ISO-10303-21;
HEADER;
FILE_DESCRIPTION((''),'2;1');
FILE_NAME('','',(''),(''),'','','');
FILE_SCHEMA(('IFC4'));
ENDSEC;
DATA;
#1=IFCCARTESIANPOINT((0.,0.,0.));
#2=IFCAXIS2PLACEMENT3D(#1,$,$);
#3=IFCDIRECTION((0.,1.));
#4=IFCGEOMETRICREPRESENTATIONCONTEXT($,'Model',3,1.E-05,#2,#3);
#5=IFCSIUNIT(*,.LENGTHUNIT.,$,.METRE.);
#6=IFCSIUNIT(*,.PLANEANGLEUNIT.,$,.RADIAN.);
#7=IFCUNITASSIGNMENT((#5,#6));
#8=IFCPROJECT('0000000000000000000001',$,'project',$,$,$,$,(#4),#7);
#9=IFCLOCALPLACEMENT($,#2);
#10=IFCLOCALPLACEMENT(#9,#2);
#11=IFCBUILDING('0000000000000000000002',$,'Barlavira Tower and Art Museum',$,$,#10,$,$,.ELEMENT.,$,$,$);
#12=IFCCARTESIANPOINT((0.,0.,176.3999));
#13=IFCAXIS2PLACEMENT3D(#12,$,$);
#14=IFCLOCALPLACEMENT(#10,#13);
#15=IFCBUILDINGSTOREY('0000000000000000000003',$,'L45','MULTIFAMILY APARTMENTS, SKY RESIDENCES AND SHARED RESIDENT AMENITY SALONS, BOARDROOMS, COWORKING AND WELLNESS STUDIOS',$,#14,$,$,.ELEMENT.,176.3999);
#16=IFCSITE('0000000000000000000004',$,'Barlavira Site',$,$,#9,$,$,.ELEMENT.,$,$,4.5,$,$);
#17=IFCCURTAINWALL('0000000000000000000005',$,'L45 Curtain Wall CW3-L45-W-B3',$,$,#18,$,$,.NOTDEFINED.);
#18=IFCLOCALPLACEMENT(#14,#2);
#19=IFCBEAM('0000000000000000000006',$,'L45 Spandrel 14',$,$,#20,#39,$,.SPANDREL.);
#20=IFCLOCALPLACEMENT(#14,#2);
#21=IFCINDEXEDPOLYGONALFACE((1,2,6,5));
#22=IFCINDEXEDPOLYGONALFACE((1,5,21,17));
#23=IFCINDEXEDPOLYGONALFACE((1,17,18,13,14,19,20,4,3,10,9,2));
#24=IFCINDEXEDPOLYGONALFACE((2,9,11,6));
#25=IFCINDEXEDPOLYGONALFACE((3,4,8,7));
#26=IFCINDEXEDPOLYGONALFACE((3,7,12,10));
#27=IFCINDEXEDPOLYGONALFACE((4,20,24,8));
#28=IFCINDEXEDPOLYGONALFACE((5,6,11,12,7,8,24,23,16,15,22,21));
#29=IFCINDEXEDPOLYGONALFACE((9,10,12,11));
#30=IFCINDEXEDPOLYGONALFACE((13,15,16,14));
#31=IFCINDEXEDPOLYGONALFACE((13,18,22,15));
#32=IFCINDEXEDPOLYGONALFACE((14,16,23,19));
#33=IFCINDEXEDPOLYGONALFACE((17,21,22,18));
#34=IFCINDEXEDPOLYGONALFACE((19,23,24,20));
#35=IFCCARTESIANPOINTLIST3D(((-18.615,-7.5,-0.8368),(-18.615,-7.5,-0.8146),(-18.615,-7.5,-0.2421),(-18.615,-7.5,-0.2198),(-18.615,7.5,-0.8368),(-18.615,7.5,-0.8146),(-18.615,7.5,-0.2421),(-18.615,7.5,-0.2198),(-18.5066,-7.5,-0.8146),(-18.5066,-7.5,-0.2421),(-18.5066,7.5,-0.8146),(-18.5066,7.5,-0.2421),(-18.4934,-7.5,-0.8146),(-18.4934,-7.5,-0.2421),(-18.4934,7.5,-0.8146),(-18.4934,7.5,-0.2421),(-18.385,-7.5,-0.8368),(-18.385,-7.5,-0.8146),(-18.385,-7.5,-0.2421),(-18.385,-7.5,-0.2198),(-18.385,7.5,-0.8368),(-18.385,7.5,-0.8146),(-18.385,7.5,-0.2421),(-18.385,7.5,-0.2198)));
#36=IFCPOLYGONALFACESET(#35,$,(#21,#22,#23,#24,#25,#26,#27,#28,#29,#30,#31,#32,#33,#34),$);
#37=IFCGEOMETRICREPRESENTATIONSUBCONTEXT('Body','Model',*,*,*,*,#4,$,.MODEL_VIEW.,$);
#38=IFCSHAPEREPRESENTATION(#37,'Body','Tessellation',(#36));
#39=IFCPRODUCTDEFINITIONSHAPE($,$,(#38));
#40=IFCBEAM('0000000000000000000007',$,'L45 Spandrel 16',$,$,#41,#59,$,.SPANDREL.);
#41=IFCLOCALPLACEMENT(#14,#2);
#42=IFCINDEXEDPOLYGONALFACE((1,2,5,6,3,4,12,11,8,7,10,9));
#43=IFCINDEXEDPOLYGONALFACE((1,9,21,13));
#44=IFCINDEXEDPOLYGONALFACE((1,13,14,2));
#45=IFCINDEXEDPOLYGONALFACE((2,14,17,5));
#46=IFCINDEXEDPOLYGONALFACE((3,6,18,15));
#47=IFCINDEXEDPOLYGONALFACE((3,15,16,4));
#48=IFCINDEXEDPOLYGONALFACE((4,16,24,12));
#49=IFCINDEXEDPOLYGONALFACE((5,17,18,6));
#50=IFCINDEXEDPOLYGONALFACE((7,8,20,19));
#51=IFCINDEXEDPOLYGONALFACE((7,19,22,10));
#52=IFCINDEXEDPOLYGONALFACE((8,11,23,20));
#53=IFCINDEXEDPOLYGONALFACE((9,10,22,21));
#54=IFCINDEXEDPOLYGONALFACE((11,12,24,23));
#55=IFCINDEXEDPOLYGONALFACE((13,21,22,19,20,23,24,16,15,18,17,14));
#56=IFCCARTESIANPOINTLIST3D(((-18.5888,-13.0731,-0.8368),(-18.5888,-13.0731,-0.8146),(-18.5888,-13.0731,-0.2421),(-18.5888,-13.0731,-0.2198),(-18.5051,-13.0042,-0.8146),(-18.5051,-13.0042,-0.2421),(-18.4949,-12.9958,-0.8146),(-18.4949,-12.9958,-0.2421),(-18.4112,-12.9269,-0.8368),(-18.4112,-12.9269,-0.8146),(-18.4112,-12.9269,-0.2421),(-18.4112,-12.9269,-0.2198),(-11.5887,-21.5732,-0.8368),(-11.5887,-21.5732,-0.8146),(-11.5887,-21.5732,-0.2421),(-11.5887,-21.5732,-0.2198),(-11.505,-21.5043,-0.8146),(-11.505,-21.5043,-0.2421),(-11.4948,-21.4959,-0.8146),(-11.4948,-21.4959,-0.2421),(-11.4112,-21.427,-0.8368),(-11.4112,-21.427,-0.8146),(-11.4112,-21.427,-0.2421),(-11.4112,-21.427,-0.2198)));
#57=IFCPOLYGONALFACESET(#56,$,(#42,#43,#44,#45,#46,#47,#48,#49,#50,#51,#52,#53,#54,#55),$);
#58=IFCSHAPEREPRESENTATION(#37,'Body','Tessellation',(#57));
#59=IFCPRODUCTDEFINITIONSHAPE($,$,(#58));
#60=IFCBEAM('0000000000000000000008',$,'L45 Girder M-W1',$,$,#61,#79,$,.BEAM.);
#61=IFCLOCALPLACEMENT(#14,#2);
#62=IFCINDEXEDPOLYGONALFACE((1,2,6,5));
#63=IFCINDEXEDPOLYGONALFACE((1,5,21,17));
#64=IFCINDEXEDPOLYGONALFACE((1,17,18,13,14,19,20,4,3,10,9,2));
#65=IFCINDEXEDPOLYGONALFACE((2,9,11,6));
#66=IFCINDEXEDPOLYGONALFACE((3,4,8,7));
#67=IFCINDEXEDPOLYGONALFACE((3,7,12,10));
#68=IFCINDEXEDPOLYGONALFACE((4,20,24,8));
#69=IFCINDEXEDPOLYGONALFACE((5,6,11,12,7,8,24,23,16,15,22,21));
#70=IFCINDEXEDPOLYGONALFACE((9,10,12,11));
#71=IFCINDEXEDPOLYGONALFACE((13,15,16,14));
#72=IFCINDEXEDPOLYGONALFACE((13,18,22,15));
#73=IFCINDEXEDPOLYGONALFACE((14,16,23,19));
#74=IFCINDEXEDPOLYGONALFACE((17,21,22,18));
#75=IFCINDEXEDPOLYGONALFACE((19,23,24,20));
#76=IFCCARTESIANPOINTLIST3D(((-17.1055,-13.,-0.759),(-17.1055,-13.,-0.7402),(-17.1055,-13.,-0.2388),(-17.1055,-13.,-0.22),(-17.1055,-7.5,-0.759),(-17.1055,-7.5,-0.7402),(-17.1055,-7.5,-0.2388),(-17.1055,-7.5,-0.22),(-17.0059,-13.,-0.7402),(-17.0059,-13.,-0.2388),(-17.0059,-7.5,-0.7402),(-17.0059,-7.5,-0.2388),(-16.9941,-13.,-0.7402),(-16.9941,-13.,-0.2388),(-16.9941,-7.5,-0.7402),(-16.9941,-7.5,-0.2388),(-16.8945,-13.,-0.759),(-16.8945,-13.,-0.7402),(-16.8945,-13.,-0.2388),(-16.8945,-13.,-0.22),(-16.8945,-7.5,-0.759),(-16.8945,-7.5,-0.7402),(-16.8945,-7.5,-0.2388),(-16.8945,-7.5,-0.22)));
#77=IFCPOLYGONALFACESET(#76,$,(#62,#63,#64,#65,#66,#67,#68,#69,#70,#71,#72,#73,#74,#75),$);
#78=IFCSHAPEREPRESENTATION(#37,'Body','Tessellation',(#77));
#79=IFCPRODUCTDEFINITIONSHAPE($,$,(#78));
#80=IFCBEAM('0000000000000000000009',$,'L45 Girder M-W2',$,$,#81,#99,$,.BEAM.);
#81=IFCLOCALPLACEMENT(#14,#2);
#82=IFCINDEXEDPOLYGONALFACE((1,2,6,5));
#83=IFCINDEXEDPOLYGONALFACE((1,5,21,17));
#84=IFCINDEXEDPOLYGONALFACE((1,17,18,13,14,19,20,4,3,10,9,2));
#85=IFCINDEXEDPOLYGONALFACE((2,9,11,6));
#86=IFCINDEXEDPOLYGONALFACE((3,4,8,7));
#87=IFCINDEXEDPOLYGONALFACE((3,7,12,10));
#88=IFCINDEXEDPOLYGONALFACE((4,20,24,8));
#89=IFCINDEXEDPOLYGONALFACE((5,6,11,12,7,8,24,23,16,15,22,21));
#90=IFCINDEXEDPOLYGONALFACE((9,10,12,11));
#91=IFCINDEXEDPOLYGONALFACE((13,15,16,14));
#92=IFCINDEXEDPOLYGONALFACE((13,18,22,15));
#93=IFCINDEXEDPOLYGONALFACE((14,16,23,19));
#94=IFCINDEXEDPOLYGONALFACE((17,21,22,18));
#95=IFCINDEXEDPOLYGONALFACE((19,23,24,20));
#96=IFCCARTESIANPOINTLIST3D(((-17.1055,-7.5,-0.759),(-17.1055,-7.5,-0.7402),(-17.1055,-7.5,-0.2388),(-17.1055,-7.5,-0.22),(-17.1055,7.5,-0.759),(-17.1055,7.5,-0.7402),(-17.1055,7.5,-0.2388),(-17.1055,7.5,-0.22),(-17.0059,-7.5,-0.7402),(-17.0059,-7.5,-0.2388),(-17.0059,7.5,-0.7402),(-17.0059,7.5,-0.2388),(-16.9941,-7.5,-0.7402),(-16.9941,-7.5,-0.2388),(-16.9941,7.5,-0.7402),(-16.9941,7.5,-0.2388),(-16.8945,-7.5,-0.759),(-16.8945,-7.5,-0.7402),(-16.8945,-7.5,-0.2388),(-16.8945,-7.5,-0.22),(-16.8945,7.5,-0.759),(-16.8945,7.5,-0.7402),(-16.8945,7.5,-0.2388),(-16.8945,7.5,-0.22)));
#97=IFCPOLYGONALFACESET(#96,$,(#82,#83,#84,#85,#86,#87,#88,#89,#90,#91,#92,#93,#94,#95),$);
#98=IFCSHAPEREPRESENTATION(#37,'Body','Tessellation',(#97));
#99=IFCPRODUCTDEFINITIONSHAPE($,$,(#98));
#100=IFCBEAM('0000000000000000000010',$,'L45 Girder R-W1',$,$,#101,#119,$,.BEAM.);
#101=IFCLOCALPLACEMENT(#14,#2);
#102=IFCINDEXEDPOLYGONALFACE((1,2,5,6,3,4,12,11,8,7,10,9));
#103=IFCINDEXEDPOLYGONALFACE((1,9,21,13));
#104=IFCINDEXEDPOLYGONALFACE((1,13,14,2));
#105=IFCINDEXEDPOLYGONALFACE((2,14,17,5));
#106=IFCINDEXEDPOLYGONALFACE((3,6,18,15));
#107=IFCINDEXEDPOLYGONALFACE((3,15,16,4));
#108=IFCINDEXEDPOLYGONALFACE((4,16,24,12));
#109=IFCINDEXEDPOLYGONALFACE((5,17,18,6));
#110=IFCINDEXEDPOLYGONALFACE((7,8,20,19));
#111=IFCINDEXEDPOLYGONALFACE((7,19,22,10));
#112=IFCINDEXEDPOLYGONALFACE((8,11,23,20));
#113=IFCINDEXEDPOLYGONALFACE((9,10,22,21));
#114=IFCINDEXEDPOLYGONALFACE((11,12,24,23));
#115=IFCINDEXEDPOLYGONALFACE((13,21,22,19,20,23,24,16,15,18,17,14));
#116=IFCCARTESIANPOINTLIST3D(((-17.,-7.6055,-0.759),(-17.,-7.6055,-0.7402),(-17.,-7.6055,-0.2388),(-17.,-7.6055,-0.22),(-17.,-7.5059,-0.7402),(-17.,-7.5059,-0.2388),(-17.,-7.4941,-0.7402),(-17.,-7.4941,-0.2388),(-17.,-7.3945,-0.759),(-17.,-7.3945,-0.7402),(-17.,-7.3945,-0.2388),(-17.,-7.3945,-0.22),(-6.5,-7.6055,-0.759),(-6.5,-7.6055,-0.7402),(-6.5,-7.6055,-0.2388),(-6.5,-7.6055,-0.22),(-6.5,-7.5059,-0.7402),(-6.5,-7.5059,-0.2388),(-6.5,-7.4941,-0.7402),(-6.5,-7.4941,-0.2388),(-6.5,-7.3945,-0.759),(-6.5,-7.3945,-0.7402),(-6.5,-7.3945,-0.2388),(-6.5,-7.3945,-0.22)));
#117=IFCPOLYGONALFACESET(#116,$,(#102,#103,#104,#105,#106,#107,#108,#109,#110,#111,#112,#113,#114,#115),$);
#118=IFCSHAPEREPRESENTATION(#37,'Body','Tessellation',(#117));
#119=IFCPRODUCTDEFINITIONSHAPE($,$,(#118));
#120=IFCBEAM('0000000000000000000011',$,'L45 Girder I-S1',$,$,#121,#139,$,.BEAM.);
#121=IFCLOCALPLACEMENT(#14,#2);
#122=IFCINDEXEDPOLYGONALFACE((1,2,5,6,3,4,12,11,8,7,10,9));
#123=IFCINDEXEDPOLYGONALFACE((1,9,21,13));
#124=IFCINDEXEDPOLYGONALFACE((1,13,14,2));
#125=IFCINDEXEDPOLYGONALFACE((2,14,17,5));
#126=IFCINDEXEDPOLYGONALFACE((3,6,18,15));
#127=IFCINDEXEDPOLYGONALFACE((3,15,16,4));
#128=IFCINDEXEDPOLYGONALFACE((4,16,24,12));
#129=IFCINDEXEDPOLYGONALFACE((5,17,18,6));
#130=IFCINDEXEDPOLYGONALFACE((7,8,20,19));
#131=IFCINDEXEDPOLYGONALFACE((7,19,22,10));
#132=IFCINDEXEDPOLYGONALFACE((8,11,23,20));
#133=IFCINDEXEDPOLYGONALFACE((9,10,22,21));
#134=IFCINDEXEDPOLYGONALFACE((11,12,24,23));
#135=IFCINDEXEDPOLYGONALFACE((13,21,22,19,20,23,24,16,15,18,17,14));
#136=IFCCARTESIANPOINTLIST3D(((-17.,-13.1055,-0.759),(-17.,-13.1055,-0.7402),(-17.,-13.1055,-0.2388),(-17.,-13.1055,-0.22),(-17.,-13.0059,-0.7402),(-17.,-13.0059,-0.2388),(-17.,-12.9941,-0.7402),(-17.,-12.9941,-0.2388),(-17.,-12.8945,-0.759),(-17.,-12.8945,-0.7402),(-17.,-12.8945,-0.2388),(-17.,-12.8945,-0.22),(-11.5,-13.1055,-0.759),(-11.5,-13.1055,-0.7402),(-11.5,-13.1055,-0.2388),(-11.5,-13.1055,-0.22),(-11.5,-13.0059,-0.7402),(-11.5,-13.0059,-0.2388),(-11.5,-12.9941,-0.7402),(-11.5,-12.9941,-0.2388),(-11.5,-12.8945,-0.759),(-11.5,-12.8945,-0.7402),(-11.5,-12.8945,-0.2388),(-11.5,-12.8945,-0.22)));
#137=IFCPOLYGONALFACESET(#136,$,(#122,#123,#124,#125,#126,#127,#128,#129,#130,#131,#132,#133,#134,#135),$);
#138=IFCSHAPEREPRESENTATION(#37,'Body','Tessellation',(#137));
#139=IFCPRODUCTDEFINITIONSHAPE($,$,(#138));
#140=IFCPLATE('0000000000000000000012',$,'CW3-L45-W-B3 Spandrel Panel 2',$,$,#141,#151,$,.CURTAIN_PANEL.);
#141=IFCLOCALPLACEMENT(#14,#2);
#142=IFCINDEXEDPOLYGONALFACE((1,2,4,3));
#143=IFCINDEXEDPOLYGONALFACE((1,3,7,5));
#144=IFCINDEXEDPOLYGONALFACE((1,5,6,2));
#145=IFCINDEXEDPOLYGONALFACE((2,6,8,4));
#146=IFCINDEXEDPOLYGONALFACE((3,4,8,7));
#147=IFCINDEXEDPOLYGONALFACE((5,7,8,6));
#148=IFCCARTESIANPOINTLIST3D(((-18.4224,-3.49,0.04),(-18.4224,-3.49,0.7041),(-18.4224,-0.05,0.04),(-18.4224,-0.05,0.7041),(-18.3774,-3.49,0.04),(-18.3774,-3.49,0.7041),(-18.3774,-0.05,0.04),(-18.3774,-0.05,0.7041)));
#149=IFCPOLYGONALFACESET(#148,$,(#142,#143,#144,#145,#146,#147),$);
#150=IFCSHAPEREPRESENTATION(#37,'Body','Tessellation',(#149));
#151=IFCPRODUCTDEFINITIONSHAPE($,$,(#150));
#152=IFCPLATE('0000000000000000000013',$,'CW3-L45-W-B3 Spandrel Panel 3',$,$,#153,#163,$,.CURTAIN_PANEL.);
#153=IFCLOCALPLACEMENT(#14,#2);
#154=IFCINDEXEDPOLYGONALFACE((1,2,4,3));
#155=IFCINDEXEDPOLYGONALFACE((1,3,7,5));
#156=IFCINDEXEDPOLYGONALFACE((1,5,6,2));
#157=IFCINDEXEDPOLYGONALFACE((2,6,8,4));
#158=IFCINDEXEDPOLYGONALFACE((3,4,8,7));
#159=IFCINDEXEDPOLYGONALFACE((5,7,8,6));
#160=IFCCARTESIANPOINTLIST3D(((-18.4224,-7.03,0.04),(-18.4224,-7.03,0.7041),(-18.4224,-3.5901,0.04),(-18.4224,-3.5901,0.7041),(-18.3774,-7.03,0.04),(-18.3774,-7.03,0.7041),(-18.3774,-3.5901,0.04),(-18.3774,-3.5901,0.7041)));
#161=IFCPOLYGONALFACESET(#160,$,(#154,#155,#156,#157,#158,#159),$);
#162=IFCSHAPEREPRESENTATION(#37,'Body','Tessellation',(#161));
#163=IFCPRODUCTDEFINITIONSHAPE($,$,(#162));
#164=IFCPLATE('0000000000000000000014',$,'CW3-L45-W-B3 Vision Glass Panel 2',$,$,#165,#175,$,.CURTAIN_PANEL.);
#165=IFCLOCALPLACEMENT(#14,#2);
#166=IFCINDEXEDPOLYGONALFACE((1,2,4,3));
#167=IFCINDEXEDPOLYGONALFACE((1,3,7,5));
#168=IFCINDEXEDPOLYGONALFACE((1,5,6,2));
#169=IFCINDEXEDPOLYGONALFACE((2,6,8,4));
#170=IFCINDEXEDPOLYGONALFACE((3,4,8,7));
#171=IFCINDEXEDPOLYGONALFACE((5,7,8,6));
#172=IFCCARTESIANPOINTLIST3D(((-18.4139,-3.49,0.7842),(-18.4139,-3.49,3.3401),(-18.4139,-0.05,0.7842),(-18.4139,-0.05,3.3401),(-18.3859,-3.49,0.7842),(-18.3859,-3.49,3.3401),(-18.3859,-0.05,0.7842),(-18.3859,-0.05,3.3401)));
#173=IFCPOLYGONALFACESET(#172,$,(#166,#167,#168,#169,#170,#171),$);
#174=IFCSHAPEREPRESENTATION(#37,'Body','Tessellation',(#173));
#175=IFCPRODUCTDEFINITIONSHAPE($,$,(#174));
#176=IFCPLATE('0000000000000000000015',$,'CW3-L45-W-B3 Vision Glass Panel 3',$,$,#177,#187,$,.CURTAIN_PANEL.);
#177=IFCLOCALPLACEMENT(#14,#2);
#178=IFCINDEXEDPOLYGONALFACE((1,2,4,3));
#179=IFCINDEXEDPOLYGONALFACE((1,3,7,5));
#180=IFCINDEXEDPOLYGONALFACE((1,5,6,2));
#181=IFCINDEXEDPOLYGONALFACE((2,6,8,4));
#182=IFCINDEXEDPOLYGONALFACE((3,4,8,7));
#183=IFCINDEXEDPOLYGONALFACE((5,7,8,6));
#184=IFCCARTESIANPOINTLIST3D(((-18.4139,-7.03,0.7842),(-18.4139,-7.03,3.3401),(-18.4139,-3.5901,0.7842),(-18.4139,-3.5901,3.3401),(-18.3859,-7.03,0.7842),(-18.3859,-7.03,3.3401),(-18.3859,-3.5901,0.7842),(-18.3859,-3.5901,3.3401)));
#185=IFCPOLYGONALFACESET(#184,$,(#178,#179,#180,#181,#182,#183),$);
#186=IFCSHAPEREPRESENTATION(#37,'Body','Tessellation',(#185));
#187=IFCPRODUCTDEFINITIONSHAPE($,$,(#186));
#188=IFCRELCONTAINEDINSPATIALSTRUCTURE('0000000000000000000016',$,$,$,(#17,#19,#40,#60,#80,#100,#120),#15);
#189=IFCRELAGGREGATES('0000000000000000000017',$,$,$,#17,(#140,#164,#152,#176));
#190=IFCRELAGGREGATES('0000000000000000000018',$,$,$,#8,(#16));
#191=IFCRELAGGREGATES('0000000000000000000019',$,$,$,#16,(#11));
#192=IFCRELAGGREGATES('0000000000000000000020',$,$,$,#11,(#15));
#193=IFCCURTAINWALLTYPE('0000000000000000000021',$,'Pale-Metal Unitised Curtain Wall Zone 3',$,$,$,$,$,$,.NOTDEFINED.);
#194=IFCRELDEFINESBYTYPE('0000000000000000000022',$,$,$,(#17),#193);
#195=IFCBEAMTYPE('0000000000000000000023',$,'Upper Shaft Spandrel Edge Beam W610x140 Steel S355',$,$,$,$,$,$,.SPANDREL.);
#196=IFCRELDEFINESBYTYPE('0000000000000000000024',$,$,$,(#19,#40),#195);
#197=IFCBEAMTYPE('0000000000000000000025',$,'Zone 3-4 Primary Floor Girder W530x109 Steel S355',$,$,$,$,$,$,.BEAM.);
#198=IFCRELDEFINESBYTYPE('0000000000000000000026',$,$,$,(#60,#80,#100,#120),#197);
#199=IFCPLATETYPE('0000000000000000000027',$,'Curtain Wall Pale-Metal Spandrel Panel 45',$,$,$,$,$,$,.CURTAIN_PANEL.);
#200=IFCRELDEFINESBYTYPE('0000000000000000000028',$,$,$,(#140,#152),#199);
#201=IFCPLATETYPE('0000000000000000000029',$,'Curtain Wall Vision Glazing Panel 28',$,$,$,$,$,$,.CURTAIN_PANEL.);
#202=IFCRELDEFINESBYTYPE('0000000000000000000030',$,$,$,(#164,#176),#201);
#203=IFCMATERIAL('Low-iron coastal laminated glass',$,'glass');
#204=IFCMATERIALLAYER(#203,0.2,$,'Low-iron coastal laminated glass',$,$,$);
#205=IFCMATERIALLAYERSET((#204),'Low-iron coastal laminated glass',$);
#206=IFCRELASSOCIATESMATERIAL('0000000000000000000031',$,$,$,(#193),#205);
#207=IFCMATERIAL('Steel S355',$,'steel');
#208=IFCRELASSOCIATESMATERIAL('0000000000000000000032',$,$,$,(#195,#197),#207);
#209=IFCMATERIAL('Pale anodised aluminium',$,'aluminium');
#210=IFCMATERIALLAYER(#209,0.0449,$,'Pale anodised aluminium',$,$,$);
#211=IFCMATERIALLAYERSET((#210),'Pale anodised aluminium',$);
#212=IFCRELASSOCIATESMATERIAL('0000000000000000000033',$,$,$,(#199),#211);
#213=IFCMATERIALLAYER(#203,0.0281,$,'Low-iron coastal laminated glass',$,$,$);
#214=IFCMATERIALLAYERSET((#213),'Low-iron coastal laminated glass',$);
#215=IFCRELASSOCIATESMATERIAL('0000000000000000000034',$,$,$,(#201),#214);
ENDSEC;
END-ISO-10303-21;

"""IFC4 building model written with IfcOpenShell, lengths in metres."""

from ifc_helpers import new_model, si_unit, direction, frame, origin, origin_2d, place, context, subcontext, project, spatial, rectangle, i_section, extrude, material, layer, layer_set, material_profile, profile_set, type_object, element, aggregate, save


model = new_model("IFC4")

# Units and contexts
model_context = context("Model", 3, precision=1e-05, world=origin(), true_north=direction((0.0, 1.0)))
body_context = subcontext(model_context, "Body", "Model", "MODEL_VIEW")
ifc_project = project(units=[si_unit("LENGTHUNIT", "METRE"), si_unit("PLANEANGLEUNIT", "RADIAN")], contexts=[model_context])

# Site, building, storey
site_placement = place(None, origin())
site = spatial("IfcSite", under=ifc_project, at=site_placement, Name="Barlavira Site", CompositionType="ELEMENT", RefElevation=4.5)
building_placement = place(site_placement, origin())
building = spatial("IfcBuilding", under=site, at=building_placement, Name="Barlavira Tower and Art Museum", CompositionType="ELEMENT")
storey_placement = place(building_placement, frame((0.0, 0.0, 176.3999)))
storey = spatial("IfcBuildingStorey", under=building, at=storey_placement, Name="L45", Description="MULTIFAMILY APARTMENTS, SKY RESIDENCES AND SHARED RESIDENT AMENITY SALONS, BOARDROOMS, COWORKING AND WELLNESS STUDIOS", CompositionType="ELEMENT", Elevation=176.3999)

# Curtain wall
ifc_material_1 = material(Name="Low-iron coastal laminated glass", Category="glass")
ifc_layer_1 = layer(ifc_material_1, 0.2, Name="Low-iron coastal laminated glass")
ifc_layer_set_1 = layer_set([ifc_layer_1], Name="Low-iron coastal laminated glass")
curtain_wall_type = type_object("IfcCurtainWallType", Name="Pale-Metal Unitised Curtain Wall Zone 3", PredefinedType="NOTDEFINED", material=ifc_layer_set_1)
curtain_wall_placement = place(storey_placement, origin())
curtain_wall = element("IfcCurtainWall", 1, at=curtain_wall_placement, inside=storey, type_object=curtain_wall_type, Name="L45 Curtain Wall CW3-L45-W-B3", PredefinedType="NOTDEFINED")
ifc_material_2 = material(Name="Pale anodised aluminium", Category="aluminium")

# Beams
ifc_material_3 = material(Name="Steel S355", Category="steel")
ifc_material_profile_1 = material_profile(ifc_material_3, i_section(OverallWidth=0.23, OverallDepth=0.6169, WebThickness=0.0132, FlangeThickness=0.0222, at=origin_2d()), Name="W610x140.0")
ifc_profile_set_1 = profile_set([ifc_material_profile_1], Name="Steel S355")
beam_type_1 = type_object("IfcBeamType", Name="Upper Shaft Spandrel Edge Beam W610x140 Steel S355", PredefinedType="SPANDREL", material=ifc_profile_set_1)
beam_1_placement = place(storey_placement, frame((-18.5, -7.5, -0.5283), z_axis=(0.0, 1.0, 0.0), x_axis=(-1.0, 0.0, 0.0)))
element("IfcBeam", 2, at=beam_1_placement, inside=storey, type_object=beam_type_1, Name="L45 Spandrel 14", PredefinedType="SPANDREL", context=body_context, shape_type="SweptSolid", body=[
    extrude(i_section(OverallWidth=0.23, OverallDepth=0.6169, WebThickness=0.0132, FlangeThickness=0.0222, at=origin_2d()), origin(), (0.0, 0.0, 1.0), 15.0),
])
beam_2_placement = place(storey_placement, frame((-18.5, -13.0, -0.5283), z_axis=(0.635707, -0.77193, 0.0), x_axis=(0.77193, 0.635707, 0.0)))
element("IfcBeam", 3, at=beam_2_placement, inside=storey, type_object=beam_type_1, Name="L45 Spandrel 16", PredefinedType="SPANDREL", context=body_context, shape_type="SweptSolid", body=[
    extrude(i_section(OverallWidth=0.23, OverallDepth=0.6169, WebThickness=0.0132, FlangeThickness=0.0222, at=origin_2d()), origin(), (0.0, 0.0, 1.0), 11.0115),
])
ifc_material_profile_2 = material_profile(ifc_material_3, i_section(OverallWidth=0.2109, OverallDepth=0.5391, WebThickness=0.0117, FlangeThickness=0.0188, at=origin_2d()), Name="W530x109.0")
ifc_profile_set_2 = profile_set([ifc_material_profile_2], Name="Steel S355")
beam_type_2 = type_object("IfcBeamType", Name="Zone 3-4 Primary Floor Girder W530x109 Steel S355", PredefinedType="BEAM", material=ifc_profile_set_2)
beam_3_placement = place(storey_placement, frame((-17.0, -13.0, -0.4895), z_axis=(0.0, 1.0, 0.0), x_axis=(-1.0, 0.0, 0.0)))
element("IfcBeam", 4, at=beam_3_placement, inside=storey, type_object=beam_type_2, Name="L45 Girder M-W1", PredefinedType="BEAM", context=body_context, shape_type="SweptSolid", body=[
    extrude(i_section(OverallWidth=0.2109, OverallDepth=0.5391, WebThickness=0.0117, FlangeThickness=0.0188, at=origin_2d()), origin(), (0.0, 0.0, 1.0), 5.5),
])
beam_4_placement = place(storey_placement, frame((-17.0, -7.5, -0.4895), z_axis=(0.0, 1.0, 0.0), x_axis=(-1.0, 0.0, 0.0)))
element("IfcBeam", 5, at=beam_4_placement, inside=storey, type_object=beam_type_2, Name="L45 Girder M-W2", PredefinedType="BEAM", context=body_context, shape_type="SweptSolid", body=[
    extrude(i_section(OverallWidth=0.2109, OverallDepth=0.5391, WebThickness=0.0117, FlangeThickness=0.0188, at=origin_2d()), origin(), (0.0, 0.0, 1.0), 15.0),
])
beam_5_placement = place(storey_placement, frame((-17.0, -7.5, -0.4895), z_axis=(1.0, 0.0, 0.0), x_axis=(0.0, 1.0, 0.0)))
element("IfcBeam", 6, at=beam_5_placement, inside=storey, type_object=beam_type_2, Name="L45 Girder R-W1", PredefinedType="BEAM", context=body_context, shape_type="SweptSolid", body=[
    extrude(i_section(OverallWidth=0.2109, OverallDepth=0.5391, WebThickness=0.0117, FlangeThickness=0.0188, at=origin_2d()), origin(), (0.0, 0.0, 1.0), 10.5),
])
beam_6_placement = place(storey_placement, frame((-17.0, -13.0, -0.4895), z_axis=(1.0, 0.0, 0.0), x_axis=(0.0, 1.0, 0.0)))
element("IfcBeam", 7, at=beam_6_placement, inside=storey, type_object=beam_type_2, Name="L45 Girder I-S1", PredefinedType="BEAM", context=body_context, shape_type="SweptSolid", body=[
    extrude(i_section(OverallWidth=0.2109, OverallDepth=0.5391, WebThickness=0.0117, FlangeThickness=0.0188, at=origin_2d()), origin(), (0.0, 0.0, 1.0), 5.5),
])

# Plates
ifc_layer_2 = layer(ifc_material_2, 0.0449, Name="Pale anodised aluminium")
ifc_layer_set_2 = layer_set([ifc_layer_2], Name="Pale anodised aluminium")
plate_type_1 = type_object("IfcPlateType", Name="Curtain Wall Pale-Metal Spandrel Panel 45", PredefinedType="CURTAIN_PANEL", material=ifc_layer_set_2)
plate_1_placement = place(storey_placement, frame((-18.3999, -1.77, 0.04), z_axis=(0.0, 0.0, 1.0), x_axis=(0.0, -1.0, 0.0)))
plate_1 = element("IfcPlate", 8, at=plate_1_placement, type_object=plate_type_1, Name="CW3-L45-W-B3 Spandrel Panel 2", PredefinedType="CURTAIN_PANEL", context=body_context, shape_type="SweptSolid", body=[
    extrude(rectangle(XDim=3.4399, YDim=0.0449, at=origin_2d()), origin(), (0.0, 0.0, 1.0), 0.6641),
])
plate_2_placement = place(storey_placement, frame((-18.3999, -5.3101, 0.04), z_axis=(0.0, 0.0, 1.0), x_axis=(0.0, -1.0, 0.0)))
plate_2 = element("IfcPlate", 9, at=plate_2_placement, type_object=plate_type_1, Name="CW3-L45-W-B3 Spandrel Panel 3", PredefinedType="CURTAIN_PANEL", context=body_context, shape_type="SweptSolid", body=[
    extrude(rectangle(XDim=3.4399, YDim=0.0449, at=origin_2d()), origin(), (0.0, 0.0, 1.0), 0.6641),
])
ifc_layer_3 = layer(ifc_material_1, 0.0281, Name="Low-iron coastal laminated glass")
ifc_layer_set_3 = layer_set([ifc_layer_3], Name="Low-iron coastal laminated glass")
plate_type_2 = type_object("IfcPlateType", Name="Curtain Wall Vision Glazing Panel 28", PredefinedType="CURTAIN_PANEL", material=ifc_layer_set_3)
plate_3_placement = place(storey_placement, frame((-18.3999, -1.77, 0.7842), z_axis=(0.0, 0.0, 1.0), x_axis=(0.0, -1.0, 0.0)))
plate_3 = element("IfcPlate", 10, at=plate_3_placement, type_object=plate_type_2, Name="CW3-L45-W-B3 Vision Glass Panel 2", PredefinedType="CURTAIN_PANEL", context=body_context, shape_type="SweptSolid", body=[
    extrude(rectangle(XDim=3.4399, YDim=0.0281, at=origin_2d()), origin(), (0.0, 0.0, 1.0), 2.5559),
])
plate_4_placement = place(storey_placement, frame((-18.3999, -5.3101, 0.7842), z_axis=(0.0, 0.0, 1.0), x_axis=(0.0, -1.0, 0.0)))
plate_4 = element("IfcPlate", 11, at=plate_4_placement, type_object=plate_type_2, Name="CW3-L45-W-B3 Vision Glass Panel 3", PredefinedType="CURTAIN_PANEL", context=body_context, shape_type="SweptSolid", body=[
    extrude(rectangle(XDim=3.4399, YDim=0.0281, at=origin_2d()), origin(), (0.0, 0.0, 1.0), 2.5559),
])
aggregate(curtain_wall, [plate_1, plate_3, plate_2, plate_4])

save(model, "model.ifc")
